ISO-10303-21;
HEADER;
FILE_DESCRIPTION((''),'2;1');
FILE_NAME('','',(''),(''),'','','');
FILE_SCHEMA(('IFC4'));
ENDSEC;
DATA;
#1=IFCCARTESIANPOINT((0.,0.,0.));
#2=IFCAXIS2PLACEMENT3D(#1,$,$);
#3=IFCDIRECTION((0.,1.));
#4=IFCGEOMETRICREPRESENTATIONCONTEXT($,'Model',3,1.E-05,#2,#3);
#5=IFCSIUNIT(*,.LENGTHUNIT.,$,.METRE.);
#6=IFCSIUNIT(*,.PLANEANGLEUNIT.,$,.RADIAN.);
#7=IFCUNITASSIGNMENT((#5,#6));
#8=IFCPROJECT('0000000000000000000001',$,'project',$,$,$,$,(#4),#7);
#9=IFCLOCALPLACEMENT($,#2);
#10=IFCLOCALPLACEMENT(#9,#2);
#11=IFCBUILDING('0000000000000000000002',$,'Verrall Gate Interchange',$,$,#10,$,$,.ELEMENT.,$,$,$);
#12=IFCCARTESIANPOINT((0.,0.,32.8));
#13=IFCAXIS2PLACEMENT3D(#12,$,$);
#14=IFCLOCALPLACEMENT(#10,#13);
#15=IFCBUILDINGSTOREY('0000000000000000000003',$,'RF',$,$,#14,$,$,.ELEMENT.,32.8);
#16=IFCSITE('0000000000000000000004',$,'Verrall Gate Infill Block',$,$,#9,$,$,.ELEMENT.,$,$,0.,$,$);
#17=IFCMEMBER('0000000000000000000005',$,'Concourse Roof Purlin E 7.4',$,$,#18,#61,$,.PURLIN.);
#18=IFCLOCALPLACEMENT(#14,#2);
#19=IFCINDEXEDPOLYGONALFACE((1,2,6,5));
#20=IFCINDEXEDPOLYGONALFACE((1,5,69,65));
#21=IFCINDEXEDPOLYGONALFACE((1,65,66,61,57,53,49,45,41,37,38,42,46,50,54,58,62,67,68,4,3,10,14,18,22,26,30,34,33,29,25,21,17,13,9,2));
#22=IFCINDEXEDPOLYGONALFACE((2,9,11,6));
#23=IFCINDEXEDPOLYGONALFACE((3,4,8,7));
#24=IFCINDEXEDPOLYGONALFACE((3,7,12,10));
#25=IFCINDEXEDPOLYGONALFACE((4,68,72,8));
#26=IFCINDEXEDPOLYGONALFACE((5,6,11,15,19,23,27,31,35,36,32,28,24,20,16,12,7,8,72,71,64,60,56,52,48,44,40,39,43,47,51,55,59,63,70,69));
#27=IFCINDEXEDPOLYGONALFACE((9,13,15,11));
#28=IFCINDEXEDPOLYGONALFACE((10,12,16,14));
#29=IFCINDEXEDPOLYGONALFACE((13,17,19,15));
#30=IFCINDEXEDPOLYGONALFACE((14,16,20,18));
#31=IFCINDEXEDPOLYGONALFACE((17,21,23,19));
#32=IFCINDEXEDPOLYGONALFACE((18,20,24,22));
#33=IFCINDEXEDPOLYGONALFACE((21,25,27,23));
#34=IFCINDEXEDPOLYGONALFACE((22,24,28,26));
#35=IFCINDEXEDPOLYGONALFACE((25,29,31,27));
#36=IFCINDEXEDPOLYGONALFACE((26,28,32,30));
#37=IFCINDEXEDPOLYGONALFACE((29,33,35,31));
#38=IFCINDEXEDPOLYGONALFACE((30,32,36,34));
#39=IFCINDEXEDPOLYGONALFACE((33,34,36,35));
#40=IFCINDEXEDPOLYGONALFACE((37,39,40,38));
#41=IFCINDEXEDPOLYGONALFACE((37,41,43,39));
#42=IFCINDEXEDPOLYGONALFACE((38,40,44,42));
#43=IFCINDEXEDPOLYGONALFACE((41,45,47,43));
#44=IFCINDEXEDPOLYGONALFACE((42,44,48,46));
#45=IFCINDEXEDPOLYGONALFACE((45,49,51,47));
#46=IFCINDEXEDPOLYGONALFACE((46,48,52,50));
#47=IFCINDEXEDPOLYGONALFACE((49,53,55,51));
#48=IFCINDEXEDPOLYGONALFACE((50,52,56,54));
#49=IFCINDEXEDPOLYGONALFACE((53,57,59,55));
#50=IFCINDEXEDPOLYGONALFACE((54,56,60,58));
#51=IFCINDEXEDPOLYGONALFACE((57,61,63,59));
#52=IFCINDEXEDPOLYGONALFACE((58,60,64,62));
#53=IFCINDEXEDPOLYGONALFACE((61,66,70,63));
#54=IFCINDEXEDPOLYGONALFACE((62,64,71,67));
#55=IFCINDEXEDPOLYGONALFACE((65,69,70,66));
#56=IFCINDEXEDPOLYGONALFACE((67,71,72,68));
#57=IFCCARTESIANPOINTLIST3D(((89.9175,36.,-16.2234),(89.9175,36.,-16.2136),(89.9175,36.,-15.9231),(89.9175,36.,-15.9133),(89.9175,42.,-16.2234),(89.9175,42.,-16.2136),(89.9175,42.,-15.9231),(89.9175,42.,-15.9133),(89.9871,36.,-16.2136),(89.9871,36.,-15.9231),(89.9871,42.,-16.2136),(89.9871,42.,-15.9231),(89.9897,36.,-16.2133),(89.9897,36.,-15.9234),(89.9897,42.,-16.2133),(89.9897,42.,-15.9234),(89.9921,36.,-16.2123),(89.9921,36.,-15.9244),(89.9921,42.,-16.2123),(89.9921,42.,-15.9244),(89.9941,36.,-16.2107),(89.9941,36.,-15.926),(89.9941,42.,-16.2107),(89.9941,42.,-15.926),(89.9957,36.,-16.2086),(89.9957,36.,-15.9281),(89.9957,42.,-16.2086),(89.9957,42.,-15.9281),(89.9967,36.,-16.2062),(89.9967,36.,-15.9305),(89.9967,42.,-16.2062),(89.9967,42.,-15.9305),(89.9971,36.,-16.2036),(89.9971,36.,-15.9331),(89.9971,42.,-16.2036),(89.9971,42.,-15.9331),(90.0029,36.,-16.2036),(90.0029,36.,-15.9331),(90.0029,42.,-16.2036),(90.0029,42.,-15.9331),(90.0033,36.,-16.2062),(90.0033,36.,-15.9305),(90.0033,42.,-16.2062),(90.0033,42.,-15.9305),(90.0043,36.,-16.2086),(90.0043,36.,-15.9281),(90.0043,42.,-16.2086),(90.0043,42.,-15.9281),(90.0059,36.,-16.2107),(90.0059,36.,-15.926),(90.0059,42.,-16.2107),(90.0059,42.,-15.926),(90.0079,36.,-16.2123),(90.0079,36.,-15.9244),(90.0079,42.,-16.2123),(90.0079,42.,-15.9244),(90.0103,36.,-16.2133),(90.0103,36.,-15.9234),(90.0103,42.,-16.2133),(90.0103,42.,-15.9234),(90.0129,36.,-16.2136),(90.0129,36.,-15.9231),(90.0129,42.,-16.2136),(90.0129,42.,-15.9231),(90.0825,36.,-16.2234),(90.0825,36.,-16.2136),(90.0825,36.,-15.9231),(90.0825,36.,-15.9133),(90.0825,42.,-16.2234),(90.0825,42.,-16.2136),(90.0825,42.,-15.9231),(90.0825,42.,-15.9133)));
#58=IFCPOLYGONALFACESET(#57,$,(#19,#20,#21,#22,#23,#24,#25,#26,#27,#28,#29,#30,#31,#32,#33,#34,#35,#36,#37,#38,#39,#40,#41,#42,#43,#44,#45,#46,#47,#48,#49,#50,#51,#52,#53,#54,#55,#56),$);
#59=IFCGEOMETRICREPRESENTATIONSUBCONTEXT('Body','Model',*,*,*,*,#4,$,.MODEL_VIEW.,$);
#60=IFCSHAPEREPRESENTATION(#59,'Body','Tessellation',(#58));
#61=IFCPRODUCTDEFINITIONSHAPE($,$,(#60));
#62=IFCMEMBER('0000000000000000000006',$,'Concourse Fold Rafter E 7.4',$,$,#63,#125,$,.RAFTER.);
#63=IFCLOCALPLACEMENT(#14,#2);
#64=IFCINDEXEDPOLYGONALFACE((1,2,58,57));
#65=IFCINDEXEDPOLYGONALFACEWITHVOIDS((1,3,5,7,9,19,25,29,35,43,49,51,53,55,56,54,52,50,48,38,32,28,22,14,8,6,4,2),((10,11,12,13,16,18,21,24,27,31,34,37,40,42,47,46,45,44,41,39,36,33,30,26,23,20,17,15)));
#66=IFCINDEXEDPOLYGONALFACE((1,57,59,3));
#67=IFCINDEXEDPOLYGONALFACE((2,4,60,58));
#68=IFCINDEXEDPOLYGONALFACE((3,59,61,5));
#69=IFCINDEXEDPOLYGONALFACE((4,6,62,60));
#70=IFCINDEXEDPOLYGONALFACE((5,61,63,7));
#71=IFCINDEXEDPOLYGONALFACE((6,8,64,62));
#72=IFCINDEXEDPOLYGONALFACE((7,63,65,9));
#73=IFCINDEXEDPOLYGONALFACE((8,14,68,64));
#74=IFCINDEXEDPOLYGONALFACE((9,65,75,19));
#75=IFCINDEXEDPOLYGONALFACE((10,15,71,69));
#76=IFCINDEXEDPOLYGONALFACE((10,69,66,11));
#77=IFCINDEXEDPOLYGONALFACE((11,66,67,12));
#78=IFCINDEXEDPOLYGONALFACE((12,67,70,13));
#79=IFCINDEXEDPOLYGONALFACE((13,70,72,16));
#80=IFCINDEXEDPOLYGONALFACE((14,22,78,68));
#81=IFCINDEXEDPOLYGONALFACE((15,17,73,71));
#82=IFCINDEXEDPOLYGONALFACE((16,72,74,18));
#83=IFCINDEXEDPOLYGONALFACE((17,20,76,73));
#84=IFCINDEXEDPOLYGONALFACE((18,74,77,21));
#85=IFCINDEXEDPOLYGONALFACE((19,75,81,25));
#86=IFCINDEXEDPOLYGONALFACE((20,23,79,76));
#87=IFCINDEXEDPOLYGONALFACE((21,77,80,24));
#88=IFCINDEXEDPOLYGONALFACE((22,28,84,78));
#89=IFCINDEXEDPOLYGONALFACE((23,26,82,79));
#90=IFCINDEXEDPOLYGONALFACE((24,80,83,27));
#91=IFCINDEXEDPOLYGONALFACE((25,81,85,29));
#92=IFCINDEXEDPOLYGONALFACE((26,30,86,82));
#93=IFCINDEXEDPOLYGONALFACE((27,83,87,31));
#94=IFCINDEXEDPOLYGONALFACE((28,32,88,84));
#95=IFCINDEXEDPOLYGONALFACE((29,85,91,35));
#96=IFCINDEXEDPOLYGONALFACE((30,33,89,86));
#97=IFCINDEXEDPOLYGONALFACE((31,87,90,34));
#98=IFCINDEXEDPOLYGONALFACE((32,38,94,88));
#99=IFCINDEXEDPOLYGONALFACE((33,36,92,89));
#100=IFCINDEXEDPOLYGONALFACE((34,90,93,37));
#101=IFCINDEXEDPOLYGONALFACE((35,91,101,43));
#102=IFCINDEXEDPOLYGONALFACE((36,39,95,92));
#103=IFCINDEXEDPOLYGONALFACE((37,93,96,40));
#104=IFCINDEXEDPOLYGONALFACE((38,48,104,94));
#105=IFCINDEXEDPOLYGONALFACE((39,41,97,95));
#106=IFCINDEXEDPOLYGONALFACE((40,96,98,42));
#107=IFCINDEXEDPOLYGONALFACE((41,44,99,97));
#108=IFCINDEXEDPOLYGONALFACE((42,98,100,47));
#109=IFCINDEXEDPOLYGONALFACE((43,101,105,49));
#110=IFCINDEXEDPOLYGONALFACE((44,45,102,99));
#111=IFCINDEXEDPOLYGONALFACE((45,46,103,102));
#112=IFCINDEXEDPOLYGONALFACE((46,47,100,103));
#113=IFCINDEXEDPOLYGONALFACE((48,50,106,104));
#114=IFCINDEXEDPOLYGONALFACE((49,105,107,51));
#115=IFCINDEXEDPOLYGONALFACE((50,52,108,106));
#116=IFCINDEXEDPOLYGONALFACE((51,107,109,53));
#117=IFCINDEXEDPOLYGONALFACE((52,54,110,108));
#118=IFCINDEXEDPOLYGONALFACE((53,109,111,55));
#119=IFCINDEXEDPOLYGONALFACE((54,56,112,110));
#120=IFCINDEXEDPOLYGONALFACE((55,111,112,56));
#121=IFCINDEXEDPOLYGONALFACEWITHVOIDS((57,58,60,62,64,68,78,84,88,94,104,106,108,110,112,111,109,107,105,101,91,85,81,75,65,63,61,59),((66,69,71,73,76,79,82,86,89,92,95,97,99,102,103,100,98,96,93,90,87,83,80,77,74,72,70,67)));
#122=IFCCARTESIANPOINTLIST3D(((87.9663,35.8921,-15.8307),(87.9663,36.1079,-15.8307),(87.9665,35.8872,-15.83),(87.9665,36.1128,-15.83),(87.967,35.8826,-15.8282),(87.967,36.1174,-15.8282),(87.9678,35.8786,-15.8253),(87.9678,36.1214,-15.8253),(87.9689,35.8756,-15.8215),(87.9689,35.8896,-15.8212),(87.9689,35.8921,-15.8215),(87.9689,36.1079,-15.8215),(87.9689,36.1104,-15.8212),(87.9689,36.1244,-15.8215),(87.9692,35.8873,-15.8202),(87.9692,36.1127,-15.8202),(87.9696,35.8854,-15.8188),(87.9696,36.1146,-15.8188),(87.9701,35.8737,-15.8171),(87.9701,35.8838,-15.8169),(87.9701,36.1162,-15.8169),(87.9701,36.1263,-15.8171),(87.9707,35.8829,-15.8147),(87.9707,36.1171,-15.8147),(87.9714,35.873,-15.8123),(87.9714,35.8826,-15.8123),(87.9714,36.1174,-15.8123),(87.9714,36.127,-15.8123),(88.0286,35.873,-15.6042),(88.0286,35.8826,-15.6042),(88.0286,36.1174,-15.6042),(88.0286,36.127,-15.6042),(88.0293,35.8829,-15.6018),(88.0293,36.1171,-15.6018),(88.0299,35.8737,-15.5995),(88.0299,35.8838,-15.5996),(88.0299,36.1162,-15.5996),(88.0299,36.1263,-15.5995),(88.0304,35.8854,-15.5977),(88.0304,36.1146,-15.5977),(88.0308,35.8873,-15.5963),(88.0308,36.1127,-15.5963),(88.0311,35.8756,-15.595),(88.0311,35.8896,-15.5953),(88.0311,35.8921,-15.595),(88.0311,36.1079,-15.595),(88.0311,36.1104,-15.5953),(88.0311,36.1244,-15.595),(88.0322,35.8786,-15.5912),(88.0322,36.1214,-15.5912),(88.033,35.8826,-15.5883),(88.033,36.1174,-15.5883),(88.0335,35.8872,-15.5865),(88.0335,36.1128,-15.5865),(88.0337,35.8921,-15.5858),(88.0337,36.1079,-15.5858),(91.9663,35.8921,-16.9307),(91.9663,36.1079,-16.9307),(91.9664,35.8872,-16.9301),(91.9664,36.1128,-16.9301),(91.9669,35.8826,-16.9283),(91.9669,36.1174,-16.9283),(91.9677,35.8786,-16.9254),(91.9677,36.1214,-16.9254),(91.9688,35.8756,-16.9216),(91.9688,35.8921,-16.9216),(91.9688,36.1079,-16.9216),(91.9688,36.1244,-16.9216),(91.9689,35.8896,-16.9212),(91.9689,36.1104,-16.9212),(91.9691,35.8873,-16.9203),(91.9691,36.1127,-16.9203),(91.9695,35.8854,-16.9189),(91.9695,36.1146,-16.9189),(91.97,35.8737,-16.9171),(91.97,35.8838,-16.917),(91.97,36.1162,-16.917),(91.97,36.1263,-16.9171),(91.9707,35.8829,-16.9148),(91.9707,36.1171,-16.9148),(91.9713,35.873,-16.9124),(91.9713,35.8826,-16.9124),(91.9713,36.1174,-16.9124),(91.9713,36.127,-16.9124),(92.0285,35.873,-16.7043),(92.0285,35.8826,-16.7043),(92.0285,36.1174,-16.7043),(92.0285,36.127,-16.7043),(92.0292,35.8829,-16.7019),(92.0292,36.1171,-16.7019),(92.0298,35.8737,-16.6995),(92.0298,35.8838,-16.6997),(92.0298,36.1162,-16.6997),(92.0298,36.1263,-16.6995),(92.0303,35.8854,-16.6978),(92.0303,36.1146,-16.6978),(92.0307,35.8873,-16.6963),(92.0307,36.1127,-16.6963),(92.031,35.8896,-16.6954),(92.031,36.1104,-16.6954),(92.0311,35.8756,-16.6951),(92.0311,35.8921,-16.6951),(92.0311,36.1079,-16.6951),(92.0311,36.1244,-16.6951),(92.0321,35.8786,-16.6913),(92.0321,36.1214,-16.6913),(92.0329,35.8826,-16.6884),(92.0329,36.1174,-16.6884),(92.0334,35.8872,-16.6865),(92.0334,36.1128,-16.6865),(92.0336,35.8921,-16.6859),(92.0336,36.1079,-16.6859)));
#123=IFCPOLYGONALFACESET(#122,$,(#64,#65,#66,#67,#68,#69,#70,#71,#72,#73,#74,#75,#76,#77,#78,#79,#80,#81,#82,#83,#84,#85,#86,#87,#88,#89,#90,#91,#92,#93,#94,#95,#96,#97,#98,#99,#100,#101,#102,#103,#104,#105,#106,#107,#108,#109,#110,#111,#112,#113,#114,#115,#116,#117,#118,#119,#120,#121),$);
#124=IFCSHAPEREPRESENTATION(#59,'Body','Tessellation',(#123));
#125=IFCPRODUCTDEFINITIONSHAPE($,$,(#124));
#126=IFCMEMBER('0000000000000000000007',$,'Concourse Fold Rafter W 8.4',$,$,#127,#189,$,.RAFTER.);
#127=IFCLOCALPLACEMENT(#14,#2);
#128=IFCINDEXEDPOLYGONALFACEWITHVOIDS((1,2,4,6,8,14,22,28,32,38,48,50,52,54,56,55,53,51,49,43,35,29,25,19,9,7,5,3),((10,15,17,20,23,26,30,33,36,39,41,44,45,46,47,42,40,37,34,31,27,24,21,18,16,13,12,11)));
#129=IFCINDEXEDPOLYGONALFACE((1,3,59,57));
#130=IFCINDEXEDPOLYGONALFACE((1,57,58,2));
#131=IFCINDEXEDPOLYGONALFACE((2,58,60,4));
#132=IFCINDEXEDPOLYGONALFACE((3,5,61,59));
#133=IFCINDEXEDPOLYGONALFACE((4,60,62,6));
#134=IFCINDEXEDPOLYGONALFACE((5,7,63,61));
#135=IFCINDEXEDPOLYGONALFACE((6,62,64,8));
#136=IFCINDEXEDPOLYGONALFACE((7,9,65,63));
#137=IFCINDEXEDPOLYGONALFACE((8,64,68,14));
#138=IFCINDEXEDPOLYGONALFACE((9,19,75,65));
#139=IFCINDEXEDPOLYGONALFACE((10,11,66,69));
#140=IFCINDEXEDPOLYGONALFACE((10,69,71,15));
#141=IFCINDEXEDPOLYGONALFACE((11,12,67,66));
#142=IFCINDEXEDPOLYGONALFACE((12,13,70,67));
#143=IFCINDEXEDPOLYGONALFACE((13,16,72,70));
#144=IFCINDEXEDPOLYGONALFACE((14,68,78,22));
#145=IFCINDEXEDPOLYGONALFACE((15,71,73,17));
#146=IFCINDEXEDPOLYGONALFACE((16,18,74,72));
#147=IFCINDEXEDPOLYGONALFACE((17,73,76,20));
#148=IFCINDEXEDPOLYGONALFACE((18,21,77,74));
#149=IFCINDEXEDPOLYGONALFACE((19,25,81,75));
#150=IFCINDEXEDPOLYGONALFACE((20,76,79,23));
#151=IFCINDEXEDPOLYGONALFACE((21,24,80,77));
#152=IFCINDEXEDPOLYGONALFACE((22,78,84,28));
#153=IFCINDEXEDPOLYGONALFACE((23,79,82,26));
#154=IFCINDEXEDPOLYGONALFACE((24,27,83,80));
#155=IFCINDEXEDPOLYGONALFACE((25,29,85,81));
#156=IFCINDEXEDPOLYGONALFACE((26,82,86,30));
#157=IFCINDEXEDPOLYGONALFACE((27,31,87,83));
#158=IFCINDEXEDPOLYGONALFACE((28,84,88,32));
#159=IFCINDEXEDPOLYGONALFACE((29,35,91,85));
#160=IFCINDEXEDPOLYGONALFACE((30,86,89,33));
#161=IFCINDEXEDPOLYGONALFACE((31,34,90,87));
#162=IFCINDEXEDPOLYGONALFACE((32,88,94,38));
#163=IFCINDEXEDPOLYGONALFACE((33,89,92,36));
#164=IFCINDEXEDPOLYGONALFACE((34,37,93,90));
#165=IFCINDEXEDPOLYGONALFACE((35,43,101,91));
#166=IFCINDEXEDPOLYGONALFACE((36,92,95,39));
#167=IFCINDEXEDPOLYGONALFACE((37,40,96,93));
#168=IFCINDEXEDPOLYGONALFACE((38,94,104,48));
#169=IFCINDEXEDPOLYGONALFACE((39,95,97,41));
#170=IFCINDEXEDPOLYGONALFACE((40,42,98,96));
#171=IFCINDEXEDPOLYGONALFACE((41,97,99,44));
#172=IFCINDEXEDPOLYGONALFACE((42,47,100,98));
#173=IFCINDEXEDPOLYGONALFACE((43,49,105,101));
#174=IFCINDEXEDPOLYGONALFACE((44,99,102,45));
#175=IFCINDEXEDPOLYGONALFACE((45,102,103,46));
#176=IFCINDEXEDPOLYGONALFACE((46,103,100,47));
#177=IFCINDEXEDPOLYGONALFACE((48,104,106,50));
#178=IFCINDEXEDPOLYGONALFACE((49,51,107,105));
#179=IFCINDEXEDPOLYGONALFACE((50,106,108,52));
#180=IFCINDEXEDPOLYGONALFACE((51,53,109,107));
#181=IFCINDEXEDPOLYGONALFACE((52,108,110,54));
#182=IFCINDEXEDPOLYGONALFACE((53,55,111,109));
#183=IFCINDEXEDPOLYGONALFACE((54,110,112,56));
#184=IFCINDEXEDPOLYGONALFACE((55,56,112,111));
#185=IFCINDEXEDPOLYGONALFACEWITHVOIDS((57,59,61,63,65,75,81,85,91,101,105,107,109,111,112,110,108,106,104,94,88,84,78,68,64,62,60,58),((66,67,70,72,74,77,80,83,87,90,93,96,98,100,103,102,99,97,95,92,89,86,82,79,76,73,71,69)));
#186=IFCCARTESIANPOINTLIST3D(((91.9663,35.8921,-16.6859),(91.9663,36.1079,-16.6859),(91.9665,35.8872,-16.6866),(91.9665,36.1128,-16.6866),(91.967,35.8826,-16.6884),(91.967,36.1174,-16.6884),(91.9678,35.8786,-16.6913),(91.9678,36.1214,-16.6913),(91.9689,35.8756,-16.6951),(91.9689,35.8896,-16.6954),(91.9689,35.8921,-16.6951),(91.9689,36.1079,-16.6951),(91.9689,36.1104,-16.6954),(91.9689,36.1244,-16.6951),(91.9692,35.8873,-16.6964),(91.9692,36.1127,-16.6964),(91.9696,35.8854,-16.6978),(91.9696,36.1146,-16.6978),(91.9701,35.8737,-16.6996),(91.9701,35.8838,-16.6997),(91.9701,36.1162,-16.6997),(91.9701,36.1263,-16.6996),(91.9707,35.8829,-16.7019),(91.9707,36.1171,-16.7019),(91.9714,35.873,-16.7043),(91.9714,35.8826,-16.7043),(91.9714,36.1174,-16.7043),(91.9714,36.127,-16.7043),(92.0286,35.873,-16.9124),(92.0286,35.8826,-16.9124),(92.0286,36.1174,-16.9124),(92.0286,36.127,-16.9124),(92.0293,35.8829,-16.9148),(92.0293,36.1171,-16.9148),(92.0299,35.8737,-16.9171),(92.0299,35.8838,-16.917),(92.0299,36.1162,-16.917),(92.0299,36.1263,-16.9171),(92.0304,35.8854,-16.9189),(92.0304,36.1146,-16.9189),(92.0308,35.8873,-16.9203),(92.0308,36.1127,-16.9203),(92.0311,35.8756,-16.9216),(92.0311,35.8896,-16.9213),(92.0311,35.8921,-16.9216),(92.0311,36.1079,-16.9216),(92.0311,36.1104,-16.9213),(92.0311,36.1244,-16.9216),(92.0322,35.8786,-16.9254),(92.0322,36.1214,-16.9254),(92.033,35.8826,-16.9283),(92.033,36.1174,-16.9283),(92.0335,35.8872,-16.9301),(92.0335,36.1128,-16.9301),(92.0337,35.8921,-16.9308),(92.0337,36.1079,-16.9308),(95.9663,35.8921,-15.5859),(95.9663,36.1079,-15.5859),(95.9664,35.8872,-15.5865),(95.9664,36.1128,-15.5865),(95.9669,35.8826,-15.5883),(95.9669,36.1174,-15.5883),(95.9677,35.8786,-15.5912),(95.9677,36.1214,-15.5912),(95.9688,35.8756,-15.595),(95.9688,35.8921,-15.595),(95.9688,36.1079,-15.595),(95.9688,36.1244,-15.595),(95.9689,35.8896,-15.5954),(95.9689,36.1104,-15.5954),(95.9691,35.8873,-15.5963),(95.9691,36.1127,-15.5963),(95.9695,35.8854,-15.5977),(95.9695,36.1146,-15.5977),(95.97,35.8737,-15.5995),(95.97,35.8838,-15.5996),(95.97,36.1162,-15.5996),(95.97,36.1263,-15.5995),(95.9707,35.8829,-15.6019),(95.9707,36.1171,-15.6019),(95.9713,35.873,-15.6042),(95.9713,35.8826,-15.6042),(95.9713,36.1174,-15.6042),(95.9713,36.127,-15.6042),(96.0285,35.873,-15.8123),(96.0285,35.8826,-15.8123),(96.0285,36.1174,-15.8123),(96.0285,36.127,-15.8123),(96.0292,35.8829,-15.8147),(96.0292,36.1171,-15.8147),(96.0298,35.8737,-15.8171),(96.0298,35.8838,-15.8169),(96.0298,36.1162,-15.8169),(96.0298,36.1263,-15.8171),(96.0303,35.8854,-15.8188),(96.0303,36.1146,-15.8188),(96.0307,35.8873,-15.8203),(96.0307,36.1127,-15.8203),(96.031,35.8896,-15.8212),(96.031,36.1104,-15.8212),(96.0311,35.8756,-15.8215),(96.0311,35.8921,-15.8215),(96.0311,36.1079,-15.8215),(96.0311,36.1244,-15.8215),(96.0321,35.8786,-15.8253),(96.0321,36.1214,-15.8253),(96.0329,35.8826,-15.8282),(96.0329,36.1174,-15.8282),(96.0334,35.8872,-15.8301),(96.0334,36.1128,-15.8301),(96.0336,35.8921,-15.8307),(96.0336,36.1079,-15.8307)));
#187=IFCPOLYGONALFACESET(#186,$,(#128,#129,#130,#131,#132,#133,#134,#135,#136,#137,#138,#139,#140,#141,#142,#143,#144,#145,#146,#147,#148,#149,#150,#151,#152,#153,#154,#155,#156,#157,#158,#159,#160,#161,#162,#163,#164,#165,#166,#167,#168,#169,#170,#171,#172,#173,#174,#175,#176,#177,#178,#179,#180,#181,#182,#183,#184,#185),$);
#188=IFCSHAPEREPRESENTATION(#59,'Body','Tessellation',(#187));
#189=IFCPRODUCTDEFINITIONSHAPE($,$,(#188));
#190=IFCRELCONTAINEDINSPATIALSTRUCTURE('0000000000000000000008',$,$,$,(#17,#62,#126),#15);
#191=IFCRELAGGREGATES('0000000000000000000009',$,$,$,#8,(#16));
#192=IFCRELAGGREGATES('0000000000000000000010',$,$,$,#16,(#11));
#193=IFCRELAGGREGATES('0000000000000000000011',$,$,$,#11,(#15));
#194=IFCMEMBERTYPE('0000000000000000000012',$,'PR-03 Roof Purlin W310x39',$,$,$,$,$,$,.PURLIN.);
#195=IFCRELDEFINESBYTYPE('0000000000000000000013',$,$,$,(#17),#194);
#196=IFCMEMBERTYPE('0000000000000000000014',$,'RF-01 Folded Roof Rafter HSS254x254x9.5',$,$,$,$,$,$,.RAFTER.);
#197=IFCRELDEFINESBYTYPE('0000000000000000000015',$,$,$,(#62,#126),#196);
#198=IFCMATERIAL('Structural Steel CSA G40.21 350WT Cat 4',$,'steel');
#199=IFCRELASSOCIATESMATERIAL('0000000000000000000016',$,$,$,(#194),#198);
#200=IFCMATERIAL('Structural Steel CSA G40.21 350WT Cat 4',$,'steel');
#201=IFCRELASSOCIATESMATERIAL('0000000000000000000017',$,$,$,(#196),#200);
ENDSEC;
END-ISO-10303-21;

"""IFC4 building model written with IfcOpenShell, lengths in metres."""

from ifc_helpers import new_model, si_unit, direction, frame, origin, origin_2d, place, context, subcontext, project, spatial, hollow_rectangle, i_section, extrude, material, material_profile, profile_set, type_object, element, save


model = new_model("IFC4")

# Units and contexts
model_context = context("Model", 3, precision=1e-05, world=origin(), true_north=direction((0.0, 1.0)))
body_context = subcontext(model_context, "Body", "Model", "MODEL_VIEW")
ifc_project = project(units=[si_unit("LENGTHUNIT", "METRE"), si_unit("PLANEANGLEUNIT", "RADIAN")], contexts=[model_context])

# Site, building, storey
site_placement = place(None, origin())
site = spatial("IfcSite", under=ifc_project, at=site_placement, Name="Verrall Gate Infill Block", CompositionType="ELEMENT", RefElevation=0.0)
building_placement = place(site_placement, origin())
building = spatial("IfcBuilding", under=site, at=building_placement, Name="Verrall Gate Interchange", CompositionType="ELEMENT")
storey_placement = place(building_placement, frame((0.0, 0.0, 32.8)))
storey = spatial("IfcBuildingStorey", under=building, at=storey_placement, Name="RF", CompositionType="ELEMENT", Elevation=32.8)

# Members
ifc_material_1 = material(Name="Structural Steel CSA G40.21 350WT Cat 4", Category="steel")
ifc_material_profile_1 = material_profile(ifc_material_1, i_section(OverallWidth=0.165, OverallDepth=0.3101, WebThickness=0.0059, FlangeThickness=0.0098, FilletRadius=0.01, at=origin_2d()), Name="W310x39")
ifc_profile_set_1 = profile_set([ifc_material_profile_1], Name="Structural Steel CSA G40.21 350WT Cat 4")
member_type_1 = type_object("IfcMemberType", Name="PR-03 Roof Purlin W310x39", PredefinedType="PURLIN", material=ifc_profile_set_1)
for number, where, z_axis, x_axis, name in (
    (1, (90.0, 36.0, -16.0684), (0.0, 1.0, 0.0), (-1.0, 0.0, 0.0), "Concourse Roof Purlin E 7.4"),
):
    element("IfcMember", number, at=place(storey_placement, frame(where, z_axis=z_axis, x_axis=x_axis)), inside=storey, type_object=member_type_1, Name=name, PredefinedType="PURLIN", context=body_context, shape_type="SweptSolid", body=[
        extrude(i_section(OverallWidth=0.165, OverallDepth=0.3101, WebThickness=0.0059, FlangeThickness=0.0098, FilletRadius=0.01, at=origin_2d()), origin(), (0.0, 0.0, 1.0), 6.0),
    ])
ifc_material_2 = material(Name="Structural Steel CSA G40.21 350WT Cat 4", Category="steel")
ifc_material_profile_2 = material_profile(ifc_material_2, hollow_rectangle(XDim=0.2539, YDim=0.2539, WallThickness=0.0095, InnerFilletRadius=0.0095, OuterFilletRadius=0.019, at=origin_2d()), Name="HSS254x254x9.5")
ifc_profile_set_2 = profile_set([ifc_material_profile_2], Name="Structural Steel CSA G40.21 350WT Cat 4")
member_type_2 = type_object("IfcMemberType", Name="RF-01 Folded Roof Rafter HSS254x254x9.5", PredefinedType="RAFTER", material=ifc_profile_set_2)
for number, where, z_axis, x_axis, name in (
    (2, (88.0, 36.0, -15.7083), (0.964199, 0.0, -0.265178), (0.0, 1.0, 0.0), "Concourse Fold Rafter E 7.4"),
    (3, (92.0, 36.0, -16.8083), (0.964199, 0.0, 0.265178), (0.0, 1.0, 0.0), "Concourse Fold Rafter W 8.4"),
):
    element("IfcMember", number, at=place(storey_placement, frame(where, z_axis=z_axis, x_axis=x_axis)), inside=storey, type_object=member_type_2, Name=name, PredefinedType="RAFTER", context=body_context, shape_type="SweptSolid", body=[
        extrude(hollow_rectangle(XDim=0.2539, YDim=0.2539, WallThickness=0.0095, InnerFilletRadius=0.0095, OuterFilletRadius=0.019, at=origin_2d()), origin(), (0.0, 0.0, 1.0), 4.1484),
    ])

save(model, "model.ifc")
